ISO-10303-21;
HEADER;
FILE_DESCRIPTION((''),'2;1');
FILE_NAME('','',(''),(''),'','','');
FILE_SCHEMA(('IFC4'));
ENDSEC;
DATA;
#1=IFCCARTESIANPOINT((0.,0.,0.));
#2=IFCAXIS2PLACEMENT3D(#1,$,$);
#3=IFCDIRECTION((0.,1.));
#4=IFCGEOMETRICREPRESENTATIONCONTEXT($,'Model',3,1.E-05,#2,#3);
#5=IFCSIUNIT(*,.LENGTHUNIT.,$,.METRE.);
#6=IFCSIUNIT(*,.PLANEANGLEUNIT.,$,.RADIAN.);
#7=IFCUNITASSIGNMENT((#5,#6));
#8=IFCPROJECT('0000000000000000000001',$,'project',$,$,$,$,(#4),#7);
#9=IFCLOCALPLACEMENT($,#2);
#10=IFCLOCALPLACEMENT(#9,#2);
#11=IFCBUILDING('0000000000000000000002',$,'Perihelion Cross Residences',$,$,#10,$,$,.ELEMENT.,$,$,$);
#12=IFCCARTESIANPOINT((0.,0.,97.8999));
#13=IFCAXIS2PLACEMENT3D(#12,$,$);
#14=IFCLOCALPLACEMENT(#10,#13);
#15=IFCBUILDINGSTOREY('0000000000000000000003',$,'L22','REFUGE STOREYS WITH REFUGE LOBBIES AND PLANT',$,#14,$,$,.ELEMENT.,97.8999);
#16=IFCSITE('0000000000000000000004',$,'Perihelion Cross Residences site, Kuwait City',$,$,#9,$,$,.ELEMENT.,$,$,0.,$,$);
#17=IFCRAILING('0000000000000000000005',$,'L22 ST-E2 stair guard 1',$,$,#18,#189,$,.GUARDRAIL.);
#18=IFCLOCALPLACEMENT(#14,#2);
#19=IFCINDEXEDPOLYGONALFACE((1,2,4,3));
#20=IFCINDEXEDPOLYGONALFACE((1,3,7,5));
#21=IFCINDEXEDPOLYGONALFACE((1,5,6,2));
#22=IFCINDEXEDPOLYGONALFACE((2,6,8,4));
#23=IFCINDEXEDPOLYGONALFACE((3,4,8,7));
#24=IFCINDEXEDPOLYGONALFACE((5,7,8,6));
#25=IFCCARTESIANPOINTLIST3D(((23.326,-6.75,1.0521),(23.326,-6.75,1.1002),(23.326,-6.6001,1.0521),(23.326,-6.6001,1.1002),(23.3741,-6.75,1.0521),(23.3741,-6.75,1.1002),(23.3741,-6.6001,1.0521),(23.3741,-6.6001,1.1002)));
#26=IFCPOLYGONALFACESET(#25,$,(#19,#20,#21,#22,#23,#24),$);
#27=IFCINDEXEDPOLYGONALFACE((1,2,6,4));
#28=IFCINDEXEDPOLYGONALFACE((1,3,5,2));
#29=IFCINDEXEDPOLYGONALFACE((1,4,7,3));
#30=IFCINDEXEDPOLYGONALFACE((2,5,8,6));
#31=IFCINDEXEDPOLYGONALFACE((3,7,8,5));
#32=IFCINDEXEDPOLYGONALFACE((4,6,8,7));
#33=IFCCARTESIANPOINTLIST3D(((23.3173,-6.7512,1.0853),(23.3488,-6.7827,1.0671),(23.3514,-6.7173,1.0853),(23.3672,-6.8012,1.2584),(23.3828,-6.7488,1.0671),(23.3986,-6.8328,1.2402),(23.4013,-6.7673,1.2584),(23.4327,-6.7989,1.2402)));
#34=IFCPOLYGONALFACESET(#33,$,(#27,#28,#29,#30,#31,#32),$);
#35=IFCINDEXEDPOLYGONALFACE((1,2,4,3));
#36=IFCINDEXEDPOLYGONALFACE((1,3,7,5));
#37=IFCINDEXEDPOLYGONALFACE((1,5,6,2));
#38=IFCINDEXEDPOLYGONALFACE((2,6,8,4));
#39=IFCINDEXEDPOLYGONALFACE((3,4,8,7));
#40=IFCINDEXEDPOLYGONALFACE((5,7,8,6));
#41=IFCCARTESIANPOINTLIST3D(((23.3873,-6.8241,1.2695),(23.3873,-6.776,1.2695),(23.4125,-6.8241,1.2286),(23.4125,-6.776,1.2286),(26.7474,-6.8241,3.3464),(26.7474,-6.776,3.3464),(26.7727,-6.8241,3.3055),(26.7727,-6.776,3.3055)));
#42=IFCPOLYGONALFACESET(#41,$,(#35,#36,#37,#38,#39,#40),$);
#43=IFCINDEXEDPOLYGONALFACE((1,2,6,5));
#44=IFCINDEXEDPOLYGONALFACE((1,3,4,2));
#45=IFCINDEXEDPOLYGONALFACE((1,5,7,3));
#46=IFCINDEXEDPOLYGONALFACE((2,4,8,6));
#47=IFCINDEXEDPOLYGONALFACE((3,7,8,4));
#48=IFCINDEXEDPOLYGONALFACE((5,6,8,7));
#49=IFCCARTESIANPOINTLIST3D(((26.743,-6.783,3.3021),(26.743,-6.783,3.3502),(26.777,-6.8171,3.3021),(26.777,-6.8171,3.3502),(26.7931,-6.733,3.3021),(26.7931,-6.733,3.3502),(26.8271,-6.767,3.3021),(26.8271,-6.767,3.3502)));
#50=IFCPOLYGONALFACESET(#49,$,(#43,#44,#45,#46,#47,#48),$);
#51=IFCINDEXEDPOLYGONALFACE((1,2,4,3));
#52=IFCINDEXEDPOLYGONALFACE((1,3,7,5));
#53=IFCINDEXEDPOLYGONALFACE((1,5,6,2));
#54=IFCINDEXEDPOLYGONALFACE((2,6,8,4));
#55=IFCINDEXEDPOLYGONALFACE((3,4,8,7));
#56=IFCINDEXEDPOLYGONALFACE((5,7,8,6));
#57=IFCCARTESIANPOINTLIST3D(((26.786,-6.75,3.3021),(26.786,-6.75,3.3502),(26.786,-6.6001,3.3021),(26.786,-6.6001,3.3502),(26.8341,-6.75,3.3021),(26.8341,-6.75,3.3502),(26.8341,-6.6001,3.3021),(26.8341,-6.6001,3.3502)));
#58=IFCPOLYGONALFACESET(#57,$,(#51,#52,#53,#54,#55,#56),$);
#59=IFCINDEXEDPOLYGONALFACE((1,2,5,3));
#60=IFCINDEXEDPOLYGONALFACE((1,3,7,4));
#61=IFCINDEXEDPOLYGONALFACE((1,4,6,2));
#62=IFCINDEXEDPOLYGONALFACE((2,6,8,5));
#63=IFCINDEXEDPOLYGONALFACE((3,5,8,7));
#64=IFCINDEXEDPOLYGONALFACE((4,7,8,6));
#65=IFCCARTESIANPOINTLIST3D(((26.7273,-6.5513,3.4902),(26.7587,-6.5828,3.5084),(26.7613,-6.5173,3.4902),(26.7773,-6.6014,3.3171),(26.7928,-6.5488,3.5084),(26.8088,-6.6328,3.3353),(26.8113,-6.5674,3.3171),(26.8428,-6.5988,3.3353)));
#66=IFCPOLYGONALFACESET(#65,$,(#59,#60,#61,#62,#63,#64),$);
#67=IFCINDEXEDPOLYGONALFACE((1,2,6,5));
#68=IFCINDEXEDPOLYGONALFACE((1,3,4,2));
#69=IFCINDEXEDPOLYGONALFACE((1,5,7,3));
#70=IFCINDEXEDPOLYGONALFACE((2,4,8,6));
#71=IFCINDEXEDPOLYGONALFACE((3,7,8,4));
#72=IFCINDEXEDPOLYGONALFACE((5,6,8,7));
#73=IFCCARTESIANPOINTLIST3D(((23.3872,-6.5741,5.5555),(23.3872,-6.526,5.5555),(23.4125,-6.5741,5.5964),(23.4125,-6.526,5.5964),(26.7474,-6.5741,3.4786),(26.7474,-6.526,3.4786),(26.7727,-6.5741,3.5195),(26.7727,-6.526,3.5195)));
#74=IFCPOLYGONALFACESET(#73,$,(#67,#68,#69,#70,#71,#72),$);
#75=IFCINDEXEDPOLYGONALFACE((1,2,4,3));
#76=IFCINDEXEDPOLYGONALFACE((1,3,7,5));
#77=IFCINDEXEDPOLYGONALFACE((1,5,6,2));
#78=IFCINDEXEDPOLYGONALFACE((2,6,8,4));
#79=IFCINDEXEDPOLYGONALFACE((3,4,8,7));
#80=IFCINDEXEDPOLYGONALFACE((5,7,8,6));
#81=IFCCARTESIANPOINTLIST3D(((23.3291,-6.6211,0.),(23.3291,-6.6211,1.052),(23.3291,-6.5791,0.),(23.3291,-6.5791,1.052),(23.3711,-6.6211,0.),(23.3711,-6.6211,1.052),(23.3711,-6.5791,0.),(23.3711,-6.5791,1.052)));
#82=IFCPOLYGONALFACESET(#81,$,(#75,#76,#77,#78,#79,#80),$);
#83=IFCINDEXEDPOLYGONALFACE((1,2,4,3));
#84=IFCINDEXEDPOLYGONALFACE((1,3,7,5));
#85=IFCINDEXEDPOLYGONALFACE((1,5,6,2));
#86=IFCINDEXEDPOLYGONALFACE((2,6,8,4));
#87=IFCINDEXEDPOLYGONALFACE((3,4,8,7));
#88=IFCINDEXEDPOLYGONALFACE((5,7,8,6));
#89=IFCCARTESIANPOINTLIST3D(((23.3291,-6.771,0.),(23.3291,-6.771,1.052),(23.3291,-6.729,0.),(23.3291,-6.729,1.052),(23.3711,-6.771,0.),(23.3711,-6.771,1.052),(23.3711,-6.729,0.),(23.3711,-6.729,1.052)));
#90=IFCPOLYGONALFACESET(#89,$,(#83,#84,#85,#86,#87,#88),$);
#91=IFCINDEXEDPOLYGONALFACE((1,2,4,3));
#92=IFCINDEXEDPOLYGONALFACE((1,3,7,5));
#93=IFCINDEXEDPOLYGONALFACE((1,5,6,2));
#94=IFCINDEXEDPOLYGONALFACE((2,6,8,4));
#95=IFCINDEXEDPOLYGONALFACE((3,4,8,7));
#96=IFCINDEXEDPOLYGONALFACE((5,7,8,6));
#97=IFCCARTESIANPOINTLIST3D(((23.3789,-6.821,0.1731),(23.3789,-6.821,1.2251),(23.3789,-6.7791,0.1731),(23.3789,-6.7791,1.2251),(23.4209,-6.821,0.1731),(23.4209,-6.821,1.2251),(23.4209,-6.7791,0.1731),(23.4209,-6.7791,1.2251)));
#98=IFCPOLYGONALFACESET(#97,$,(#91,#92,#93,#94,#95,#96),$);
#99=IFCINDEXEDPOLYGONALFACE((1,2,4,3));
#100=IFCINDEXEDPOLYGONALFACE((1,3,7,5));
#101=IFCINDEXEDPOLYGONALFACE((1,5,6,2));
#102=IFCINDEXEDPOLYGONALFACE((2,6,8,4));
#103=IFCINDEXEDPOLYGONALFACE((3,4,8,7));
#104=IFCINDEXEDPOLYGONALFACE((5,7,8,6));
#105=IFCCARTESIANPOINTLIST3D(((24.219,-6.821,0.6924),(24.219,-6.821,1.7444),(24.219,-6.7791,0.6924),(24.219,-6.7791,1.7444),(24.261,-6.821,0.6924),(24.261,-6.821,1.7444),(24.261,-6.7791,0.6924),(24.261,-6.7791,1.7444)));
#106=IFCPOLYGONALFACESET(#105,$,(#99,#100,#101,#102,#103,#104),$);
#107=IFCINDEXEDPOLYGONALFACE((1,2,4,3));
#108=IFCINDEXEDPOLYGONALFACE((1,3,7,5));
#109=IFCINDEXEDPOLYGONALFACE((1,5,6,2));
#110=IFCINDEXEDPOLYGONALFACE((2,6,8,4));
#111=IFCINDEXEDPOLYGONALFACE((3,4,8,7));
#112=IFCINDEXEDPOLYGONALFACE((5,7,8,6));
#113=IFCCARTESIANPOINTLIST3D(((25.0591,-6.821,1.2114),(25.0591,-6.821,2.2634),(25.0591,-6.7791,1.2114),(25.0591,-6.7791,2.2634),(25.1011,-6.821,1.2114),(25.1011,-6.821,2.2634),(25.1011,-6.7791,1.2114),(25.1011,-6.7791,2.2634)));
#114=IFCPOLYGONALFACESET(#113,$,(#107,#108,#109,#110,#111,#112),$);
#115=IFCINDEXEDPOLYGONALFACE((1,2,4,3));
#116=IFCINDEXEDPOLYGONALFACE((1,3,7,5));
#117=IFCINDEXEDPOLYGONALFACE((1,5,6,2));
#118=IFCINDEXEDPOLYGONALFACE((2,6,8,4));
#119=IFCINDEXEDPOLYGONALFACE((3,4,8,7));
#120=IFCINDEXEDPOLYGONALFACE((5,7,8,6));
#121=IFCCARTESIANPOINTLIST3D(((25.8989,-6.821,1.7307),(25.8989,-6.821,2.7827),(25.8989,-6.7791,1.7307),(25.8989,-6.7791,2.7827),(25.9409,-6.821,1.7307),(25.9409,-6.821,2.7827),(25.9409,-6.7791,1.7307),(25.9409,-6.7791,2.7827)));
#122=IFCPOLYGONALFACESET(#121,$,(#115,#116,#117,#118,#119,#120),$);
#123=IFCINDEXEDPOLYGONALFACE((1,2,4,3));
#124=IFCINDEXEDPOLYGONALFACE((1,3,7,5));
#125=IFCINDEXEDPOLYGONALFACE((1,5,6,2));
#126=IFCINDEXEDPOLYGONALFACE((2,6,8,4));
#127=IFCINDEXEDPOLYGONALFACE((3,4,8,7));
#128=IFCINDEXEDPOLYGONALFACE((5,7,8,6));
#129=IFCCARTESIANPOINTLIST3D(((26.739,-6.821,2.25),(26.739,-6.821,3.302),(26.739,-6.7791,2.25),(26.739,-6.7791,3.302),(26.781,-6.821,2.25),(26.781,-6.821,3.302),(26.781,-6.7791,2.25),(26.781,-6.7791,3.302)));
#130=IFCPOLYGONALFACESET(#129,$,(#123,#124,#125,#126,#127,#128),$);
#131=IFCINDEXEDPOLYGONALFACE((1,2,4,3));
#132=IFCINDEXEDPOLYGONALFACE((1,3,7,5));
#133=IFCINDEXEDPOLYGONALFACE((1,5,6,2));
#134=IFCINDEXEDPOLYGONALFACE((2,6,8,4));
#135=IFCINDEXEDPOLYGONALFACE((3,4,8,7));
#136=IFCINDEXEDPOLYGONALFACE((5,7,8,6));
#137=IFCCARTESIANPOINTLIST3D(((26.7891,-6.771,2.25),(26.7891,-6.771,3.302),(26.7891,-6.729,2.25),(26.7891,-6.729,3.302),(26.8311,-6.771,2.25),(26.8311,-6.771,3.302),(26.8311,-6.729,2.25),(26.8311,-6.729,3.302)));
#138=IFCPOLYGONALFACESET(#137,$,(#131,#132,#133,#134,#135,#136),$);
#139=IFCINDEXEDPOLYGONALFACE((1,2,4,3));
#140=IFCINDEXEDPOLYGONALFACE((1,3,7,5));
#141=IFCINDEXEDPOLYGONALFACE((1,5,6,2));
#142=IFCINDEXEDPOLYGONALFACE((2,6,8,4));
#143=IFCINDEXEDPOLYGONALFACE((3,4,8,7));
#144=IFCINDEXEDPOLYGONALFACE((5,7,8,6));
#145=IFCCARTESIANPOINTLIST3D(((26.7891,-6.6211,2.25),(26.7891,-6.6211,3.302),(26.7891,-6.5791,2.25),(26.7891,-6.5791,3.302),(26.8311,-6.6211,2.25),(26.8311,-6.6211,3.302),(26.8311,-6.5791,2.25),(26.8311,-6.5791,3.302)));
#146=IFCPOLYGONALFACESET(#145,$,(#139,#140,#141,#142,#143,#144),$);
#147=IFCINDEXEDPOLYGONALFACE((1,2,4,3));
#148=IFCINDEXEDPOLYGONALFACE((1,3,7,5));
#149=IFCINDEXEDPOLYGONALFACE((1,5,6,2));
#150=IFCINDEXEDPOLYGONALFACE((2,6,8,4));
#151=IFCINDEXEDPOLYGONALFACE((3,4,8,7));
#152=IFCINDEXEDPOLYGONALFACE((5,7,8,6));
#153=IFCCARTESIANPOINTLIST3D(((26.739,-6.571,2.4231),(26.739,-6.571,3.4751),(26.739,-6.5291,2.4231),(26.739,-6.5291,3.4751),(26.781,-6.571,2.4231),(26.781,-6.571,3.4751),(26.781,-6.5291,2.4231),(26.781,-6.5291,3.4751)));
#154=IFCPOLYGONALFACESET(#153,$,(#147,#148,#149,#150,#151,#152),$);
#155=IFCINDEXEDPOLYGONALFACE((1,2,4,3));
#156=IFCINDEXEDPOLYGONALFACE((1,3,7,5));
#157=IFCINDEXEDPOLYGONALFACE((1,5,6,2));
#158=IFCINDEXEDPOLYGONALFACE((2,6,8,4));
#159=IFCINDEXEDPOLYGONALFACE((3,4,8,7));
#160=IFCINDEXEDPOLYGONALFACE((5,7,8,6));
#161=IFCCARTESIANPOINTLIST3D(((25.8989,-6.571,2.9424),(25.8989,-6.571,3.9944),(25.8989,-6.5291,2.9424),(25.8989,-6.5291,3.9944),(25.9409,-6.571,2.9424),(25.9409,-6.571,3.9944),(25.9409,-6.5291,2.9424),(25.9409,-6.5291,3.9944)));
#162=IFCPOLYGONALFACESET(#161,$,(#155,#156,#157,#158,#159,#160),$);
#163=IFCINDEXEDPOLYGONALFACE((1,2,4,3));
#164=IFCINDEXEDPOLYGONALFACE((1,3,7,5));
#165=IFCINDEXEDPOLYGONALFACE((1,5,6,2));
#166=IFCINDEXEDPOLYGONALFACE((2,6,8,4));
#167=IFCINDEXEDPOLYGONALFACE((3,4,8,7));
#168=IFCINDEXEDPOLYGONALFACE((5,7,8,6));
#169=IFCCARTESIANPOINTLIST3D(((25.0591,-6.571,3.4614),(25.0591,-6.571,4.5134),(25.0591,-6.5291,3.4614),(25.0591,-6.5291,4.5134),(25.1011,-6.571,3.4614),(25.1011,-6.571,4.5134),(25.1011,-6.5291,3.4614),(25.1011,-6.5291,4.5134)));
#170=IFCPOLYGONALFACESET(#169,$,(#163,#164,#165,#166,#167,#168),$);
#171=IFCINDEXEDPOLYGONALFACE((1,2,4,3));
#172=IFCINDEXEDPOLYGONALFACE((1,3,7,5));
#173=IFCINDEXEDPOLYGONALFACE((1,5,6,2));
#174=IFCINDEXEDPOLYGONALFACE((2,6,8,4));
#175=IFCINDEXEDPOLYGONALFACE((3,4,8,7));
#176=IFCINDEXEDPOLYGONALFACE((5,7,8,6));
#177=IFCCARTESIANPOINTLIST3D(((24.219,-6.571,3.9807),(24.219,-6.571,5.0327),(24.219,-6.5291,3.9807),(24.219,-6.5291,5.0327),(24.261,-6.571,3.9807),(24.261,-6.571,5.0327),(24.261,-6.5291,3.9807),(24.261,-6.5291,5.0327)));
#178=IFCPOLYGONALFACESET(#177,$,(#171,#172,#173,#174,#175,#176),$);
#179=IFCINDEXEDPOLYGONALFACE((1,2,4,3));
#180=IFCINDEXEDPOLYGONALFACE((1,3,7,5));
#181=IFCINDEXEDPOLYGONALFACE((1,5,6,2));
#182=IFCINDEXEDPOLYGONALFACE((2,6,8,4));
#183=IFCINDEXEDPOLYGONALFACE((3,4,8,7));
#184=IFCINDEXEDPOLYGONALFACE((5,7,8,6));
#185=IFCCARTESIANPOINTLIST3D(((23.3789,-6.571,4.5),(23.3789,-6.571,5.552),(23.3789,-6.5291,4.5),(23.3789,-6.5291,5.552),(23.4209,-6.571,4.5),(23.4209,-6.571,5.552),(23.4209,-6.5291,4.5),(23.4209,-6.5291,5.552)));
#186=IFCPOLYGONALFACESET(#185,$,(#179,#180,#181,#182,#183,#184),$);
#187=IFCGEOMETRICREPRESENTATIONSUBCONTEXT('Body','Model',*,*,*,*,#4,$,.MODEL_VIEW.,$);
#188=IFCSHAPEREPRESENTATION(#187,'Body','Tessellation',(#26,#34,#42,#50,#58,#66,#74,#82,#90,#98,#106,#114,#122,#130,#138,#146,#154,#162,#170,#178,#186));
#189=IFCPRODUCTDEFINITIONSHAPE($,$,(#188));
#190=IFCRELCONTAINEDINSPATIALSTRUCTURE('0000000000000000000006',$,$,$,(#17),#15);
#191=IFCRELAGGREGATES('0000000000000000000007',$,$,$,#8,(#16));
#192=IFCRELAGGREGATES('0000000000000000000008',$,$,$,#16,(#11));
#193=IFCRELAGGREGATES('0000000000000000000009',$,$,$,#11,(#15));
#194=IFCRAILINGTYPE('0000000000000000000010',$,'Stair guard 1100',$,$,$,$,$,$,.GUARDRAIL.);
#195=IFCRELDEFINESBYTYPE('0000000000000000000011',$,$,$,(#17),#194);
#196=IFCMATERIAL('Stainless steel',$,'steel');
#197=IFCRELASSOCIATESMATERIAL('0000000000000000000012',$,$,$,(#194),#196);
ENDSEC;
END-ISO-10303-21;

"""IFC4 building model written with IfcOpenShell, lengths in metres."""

from ifc_helpers import new_model, si_unit, direction, frame, origin, origin_2d, place, context, subcontext, project, spatial, rectangle, extrude, material, type_object, element, save


model = new_model("IFC4")

# Units and contexts
model_context = context("Model", 3, precision=1e-05, world=origin(), true_north=direction((0.0, 1.0)))
body_context = subcontext(model_context, "Body", "Model", "MODEL_VIEW")
ifc_project = project(units=[si_unit("LENGTHUNIT", "METRE"), si_unit("PLANEANGLEUNIT", "RADIAN")], contexts=[model_context])

# Site, building, storey
site_placement = place(None, origin())
site = spatial("IfcSite", under=ifc_project, at=site_placement, Name="Perihelion Cross Residences site, Kuwait City", CompositionType="ELEMENT", RefElevation=0.0)
building_placement = place(site_placement, origin())
building = spatial("IfcBuilding", under=site, at=building_placement, Name="Perihelion Cross Residences", CompositionType="ELEMENT")
storey_placement = place(building_placement, frame((0.0, 0.0, 97.8999)))
storey = spatial("IfcBuildingStorey", under=building, at=storey_placement, Name="L22", Description="REFUGE STOREYS WITH REFUGE LOBBIES AND PLANT", CompositionType="ELEMENT", Elevation=97.8999)

# Railing
ifc_material_1 = material(Name="Stainless steel", Category="steel")
railing_type_1 = type_object("IfcRailingType", Name="Stair guard 1100", PredefinedType="GUARDRAIL", material=ifc_material_1)
railing_1_placement = place(storey_placement, frame((23.3501, -6.6001, 0.0)))
element("IfcRailing", 1, at=railing_1_placement, inside=storey, type_object=railing_type_1, Name="L22 ST-E2 stair guard 1", PredefinedType="GUARDRAIL", context=body_context, shape_type="SweptSolid", body=[
    extrude(rectangle(XDim=0.0481, YDim=0.0481, at=origin_2d()), frame((0.0, 0.0, 1.0762), z_axis=(0.0, -1.0, 0.0), x_axis=(1.0, 0.0, 0.0)), (0.0, 0.0, 1.0), 0.1499),
    extrude(rectangle(XDim=0.0481, YDim=0.0481, at=origin_2d()), frame((0.0, -0.1499, 1.0762), z_axis=(0.266417, -0.267723, 0.92593), x_axis=(0.708834, 0.705376, 0.0)), (0.0, 0.0, 1.0), 0.187),
    extrude(rectangle(XDim=0.0481, YDim=0.0481, at=origin_2d()), frame((0.0498, -0.2, 1.249), z_axis=(0.850623, 0.0, 0.525776), x_axis=(0.0, 1.0, 0.0)), (0.0, 0.0, 1.0), 3.9502),
    extrude(rectangle(XDim=0.0481, YDim=0.0481, at=origin_2d()), frame((3.4099, -0.2, 3.3262), z_axis=(0.707107, 0.707107, 0.0), x_axis=(-0.707107, 0.707107, 0.0)), (0.0, 0.0, 1.0), 0.0708),
    extrude(rectangle(XDim=0.0481, YDim=0.0481, at=origin_2d()), frame((3.46, -0.1499, 3.3262), z_axis=(0.0, 1.0, 0.0), x_axis=(-1.0, 0.0, 0.0)), (0.0, 0.0, 1.0), 0.1499),
    extrude(rectangle(XDim=0.0481, YDim=0.0481, at=origin_2d()), frame((3.46, 0.0, 3.3262), z_axis=(-0.26763, 0.26763, 0.925607), x_axis=(-0.707107, -0.707107, 0.0)), (0.0, 0.0, 1.0), 0.187),
    extrude(rectangle(XDim=0.0481, YDim=0.0481, at=origin_2d()), frame((3.4099, 0.05, 3.499), z_axis=(-0.850623, 0.0, 0.525776), x_axis=(0.0, -1.0, 0.0)), (0.0, 0.0, 1.0), 3.9502),
    extrude(rectangle(XDim=0.042, YDim=0.042, at=origin_2d()), origin(), (0.0, 0.0, 1.0), 1.052),
    extrude(rectangle(XDim=0.042, YDim=0.042, at=origin_2d()), frame((0.0, -0.1499, 0.0)), (0.0, 0.0, 1.0), 1.052),
    extrude(rectangle(XDim=0.042, YDim=0.042, at=origin_2d()), frame((0.0498, -0.2, 0.1731)), (0.0, 0.0, 1.0), 1.052),
    extrude(rectangle(XDim=0.042, YDim=0.042, at=origin_2d()), frame((0.8899, -0.2, 0.6924)), (0.0, 0.0, 1.0), 1.052),
    extrude(rectangle(XDim=0.042, YDim=0.042, at=origin_2d()), frame((1.73, -0.2, 1.2114)), (0.0, 0.0, 1.0), 1.052),
    extrude(rectangle(XDim=0.042, YDim=0.042, at=origin_2d()), frame((2.5698, -0.2, 1.7307)), (0.0, 0.0, 1.0), 1.052),
    extrude(rectangle(XDim=0.042, YDim=0.042, at=origin_2d()), frame((3.4099, -0.2, 2.25)), (0.0, 0.0, 1.0), 1.052),
    extrude(rectangle(XDim=0.042, YDim=0.042, at=origin_2d()), frame((3.46, -0.1499, 2.25)), (0.0, 0.0, 1.0), 1.052),
    extrude(rectangle(XDim=0.042, YDim=0.042, at=origin_2d()), frame((3.46, 0.0, 2.25)), (0.0, 0.0, 1.0), 1.052),
    extrude(rectangle(XDim=0.042, YDim=0.042, at=origin_2d()), frame((3.4099, 0.05, 2.4231)), (0.0, 0.0, 1.0), 1.052),
    extrude(rectangle(XDim=0.042, YDim=0.042, at=origin_2d()), frame((2.5698, 0.05, 2.9424)), (0.0, 0.0, 1.0), 1.052),
    extrude(rectangle(XDim=0.042, YDim=0.042, at=origin_2d()), frame((1.73, 0.05, 3.4614)), (0.0, 0.0, 1.0), 1.052),
    extrude(rectangle(XDim=0.042, YDim=0.042, at=origin_2d()), frame((0.8899, 0.05, 3.9807)), (0.0, 0.0, 1.0), 1.052),
    extrude(rectangle(XDim=0.042, YDim=0.042, at=origin_2d()), frame((0.0498, 0.05, 4.5)), (0.0, 0.0, 1.0), 1.052),
])

save(model, "model.ifc")
